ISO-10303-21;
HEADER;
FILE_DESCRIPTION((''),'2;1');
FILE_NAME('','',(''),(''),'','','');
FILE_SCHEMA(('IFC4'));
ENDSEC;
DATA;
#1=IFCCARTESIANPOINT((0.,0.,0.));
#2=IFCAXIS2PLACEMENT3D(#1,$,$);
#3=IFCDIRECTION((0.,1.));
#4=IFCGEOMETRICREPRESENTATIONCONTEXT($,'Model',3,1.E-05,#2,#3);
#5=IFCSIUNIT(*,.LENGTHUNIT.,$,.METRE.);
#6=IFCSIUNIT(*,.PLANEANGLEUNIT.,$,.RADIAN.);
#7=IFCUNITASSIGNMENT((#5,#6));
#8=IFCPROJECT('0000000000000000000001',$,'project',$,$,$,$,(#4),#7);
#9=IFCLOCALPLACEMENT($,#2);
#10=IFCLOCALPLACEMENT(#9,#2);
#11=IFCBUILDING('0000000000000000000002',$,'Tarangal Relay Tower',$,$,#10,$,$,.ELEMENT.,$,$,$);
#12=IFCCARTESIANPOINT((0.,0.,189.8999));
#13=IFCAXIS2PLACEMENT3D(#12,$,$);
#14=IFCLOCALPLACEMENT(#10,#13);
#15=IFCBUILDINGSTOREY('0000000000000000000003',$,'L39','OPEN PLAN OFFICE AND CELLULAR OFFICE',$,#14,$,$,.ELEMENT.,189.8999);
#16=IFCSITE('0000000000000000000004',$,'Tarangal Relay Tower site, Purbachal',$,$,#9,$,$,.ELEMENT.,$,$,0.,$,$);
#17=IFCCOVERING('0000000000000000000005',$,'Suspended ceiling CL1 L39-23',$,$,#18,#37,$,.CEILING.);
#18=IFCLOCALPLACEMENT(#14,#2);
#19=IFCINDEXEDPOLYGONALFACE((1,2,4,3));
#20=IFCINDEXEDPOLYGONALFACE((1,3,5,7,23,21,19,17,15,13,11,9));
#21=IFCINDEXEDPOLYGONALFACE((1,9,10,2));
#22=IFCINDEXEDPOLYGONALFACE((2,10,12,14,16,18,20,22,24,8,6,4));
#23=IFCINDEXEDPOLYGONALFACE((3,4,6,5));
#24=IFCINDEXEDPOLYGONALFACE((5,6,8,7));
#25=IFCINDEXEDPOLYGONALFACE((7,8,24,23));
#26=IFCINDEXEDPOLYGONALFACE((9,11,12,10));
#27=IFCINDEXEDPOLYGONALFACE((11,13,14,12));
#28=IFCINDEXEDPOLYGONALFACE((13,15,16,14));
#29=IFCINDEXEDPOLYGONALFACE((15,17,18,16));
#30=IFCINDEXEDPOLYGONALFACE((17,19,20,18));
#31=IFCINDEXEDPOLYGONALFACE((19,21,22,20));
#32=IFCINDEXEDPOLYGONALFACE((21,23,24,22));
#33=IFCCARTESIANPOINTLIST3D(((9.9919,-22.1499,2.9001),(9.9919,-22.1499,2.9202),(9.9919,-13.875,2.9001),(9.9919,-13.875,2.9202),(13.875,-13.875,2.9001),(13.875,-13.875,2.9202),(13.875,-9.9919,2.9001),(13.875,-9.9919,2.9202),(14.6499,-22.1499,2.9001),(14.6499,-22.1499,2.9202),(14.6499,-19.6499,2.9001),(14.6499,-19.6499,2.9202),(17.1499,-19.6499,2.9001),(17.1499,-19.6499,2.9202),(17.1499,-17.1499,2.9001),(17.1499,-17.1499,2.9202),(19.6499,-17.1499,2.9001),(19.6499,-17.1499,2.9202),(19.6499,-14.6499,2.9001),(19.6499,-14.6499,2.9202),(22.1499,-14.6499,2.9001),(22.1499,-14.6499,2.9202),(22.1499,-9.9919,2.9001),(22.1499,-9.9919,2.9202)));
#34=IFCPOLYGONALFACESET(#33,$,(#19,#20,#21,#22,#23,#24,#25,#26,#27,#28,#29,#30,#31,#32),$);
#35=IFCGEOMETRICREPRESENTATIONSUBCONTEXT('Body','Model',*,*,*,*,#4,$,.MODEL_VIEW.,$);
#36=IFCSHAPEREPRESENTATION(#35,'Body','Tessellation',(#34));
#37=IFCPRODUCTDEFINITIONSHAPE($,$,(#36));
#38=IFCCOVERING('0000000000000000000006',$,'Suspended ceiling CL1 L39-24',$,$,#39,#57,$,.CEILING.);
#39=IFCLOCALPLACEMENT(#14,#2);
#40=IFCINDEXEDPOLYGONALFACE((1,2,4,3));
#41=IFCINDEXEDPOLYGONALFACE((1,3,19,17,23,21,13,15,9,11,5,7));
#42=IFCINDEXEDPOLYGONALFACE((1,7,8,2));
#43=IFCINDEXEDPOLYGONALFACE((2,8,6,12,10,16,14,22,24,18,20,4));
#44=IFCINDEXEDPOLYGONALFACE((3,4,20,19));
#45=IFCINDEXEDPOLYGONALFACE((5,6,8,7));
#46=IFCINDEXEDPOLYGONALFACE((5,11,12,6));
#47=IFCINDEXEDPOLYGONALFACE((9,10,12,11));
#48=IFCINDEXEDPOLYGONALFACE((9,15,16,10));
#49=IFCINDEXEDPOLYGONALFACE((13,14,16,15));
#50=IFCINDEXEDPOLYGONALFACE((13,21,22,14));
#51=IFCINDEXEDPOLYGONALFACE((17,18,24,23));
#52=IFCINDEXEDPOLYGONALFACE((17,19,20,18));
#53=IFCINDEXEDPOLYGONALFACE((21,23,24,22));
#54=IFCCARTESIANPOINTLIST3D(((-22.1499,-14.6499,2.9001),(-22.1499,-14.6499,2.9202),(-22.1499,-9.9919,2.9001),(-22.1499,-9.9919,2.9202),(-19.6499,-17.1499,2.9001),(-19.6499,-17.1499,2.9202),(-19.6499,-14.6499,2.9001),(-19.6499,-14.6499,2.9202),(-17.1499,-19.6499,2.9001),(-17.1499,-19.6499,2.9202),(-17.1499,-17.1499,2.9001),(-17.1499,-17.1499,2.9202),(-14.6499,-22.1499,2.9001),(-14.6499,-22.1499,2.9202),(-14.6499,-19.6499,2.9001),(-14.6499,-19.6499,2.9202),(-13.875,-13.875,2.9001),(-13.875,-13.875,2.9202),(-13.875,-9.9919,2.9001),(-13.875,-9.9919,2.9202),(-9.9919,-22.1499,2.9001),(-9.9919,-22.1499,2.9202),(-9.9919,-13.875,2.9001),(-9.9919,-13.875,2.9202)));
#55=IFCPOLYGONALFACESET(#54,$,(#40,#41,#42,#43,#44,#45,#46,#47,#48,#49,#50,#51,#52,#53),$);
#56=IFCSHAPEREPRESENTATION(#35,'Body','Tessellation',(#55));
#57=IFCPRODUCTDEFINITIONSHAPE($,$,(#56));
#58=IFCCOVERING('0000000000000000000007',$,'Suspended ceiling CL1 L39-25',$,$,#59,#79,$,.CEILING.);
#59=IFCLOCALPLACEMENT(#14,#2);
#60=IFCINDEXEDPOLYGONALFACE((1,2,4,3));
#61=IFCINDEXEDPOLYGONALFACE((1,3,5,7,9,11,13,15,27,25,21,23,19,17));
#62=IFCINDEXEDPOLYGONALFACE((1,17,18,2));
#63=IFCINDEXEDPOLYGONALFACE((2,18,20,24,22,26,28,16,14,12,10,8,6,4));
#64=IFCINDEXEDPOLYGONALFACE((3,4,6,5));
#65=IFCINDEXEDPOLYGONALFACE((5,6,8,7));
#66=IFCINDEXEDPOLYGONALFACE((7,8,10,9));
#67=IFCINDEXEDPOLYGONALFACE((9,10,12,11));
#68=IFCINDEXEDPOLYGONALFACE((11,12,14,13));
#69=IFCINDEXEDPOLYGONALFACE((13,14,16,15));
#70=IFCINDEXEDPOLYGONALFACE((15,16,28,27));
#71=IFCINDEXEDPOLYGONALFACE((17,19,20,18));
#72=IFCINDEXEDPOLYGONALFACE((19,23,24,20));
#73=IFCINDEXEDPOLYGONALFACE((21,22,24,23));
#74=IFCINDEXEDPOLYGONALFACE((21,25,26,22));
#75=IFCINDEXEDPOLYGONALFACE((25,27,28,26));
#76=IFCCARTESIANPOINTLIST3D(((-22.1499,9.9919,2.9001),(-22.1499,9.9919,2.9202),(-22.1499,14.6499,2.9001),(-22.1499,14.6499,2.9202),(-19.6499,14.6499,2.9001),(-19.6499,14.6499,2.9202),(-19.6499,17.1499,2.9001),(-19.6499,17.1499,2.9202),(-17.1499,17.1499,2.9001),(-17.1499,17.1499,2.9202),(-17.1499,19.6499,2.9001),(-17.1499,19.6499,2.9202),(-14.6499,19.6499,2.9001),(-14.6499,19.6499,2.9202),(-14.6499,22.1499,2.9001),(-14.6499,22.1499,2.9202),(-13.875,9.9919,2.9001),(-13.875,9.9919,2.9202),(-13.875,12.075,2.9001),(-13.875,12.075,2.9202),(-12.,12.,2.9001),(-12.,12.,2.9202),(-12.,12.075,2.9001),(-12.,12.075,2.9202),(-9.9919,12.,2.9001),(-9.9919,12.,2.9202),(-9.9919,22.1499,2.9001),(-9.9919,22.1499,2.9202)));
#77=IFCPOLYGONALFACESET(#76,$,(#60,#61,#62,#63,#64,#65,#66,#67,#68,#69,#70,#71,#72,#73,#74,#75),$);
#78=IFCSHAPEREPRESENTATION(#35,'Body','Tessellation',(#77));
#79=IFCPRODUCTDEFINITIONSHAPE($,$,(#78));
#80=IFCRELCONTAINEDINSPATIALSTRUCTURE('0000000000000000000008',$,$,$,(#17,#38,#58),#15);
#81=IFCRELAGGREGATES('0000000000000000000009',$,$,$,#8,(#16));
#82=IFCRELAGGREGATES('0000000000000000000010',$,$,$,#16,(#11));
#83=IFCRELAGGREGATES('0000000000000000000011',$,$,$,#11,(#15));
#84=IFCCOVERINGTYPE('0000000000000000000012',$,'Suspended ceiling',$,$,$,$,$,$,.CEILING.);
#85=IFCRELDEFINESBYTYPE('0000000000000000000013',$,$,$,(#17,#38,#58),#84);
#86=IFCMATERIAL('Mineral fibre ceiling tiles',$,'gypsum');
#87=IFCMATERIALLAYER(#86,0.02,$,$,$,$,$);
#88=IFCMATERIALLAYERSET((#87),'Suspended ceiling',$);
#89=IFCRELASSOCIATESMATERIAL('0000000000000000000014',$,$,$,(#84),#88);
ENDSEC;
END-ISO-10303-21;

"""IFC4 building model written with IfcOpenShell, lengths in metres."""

from ifc_helpers import new_model, si_unit, direction, frame, origin, place, context, subcontext, project, spatial, polyline, outline, extrude, material, layer, layer_set, type_object, element, save


model = new_model("IFC4")

# Units and contexts
model_context = context("Model", 3, precision=1e-05, world=origin(), true_north=direction((0.0, 1.0)))
body_context = subcontext(model_context, "Body", "Model", "MODEL_VIEW")
ifc_project = project(units=[si_unit("LENGTHUNIT", "METRE"), si_unit("PLANEANGLEUNIT", "RADIAN")], contexts=[model_context])

# Site, building, storey
site_placement = place(None, origin())
site = spatial("IfcSite", under=ifc_project, at=site_placement, Name="Tarangal Relay Tower site, Purbachal", CompositionType="ELEMENT", RefElevation=0.0)
building_placement = place(site_placement, origin())
building = spatial("IfcBuilding", under=site, at=building_placement, Name="Tarangal Relay Tower", CompositionType="ELEMENT")
storey_placement = place(building_placement, frame((0.0, 0.0, 189.8999)))
storey = spatial("IfcBuildingStorey", under=building, at=storey_placement, Name="L39", Description="OPEN PLAN OFFICE AND CELLULAR OFFICE", CompositionType="ELEMENT", Elevation=189.8999)

# Coverings
ifc_material_1 = material(Name="Mineral fibre ceiling tiles", Category="gypsum")
ifc_layer_1 = layer(ifc_material_1, 0.02)
ifc_layer_set_1 = layer_set([ifc_layer_1], Name="Suspended ceiling")
covering_type = type_object("IfcCoveringType", Name="Suspended ceiling", PredefinedType="CEILING", material=ifc_layer_set_1)
covering_1_placement = place(storey_placement, frame((0.0, 0.0, 2.9001)))
element("IfcCovering", 1, at=covering_1_placement, inside=storey, type_object=covering_type, Name="Suspended ceiling CL1 L39-23", PredefinedType="CEILING", context=body_context, shape_type="SweptSolid", body=[
    extrude(outline(polyline([(22.1499, -9.9919), (13.875, -9.9919), (13.875, -13.875), (9.9919, -13.875), (9.9919, -22.1499), (14.6499, -22.1499), (14.6499, -19.6499), (17.1499, -19.6499), (17.1499, -17.1499), (19.6499, -17.1499), (19.6499, -14.6499), (22.1499, -14.6499), (22.1499, -9.9919)])), origin(), (0.0, 0.0, 1.0), 0.02),
])
covering_2_placement = place(storey_placement, frame((0.0, 0.0, 2.9001)))
element("IfcCovering", 2, at=covering_2_placement, inside=storey, type_object=covering_type, Name="Suspended ceiling CL1 L39-24", PredefinedType="CEILING", context=body_context, shape_type="SweptSolid", body=[
    extrude(outline(polyline([(-14.6499, -19.6499), (-14.6499, -22.1499), (-9.9919, -22.1499), (-9.9919, -13.875), (-13.875, -13.875), (-13.875, -9.9919), (-22.1499, -9.9919), (-22.1499, -14.6499), (-19.6499, -14.6499), (-19.6499, -17.1499), (-17.1499, -17.1499), (-17.1499, -19.6499), (-14.6499, -19.6499)])), origin(), (0.0, 0.0, 1.0), 0.02),
])
covering_3_placement = place(storey_placement, frame((0.0, 0.0, 2.9001)))
element("IfcCovering", 3, at=covering_3_placement, inside=storey, type_object=covering_type, Name="Suspended ceiling CL1 L39-25", PredefinedType="CEILING", context=body_context, shape_type="SweptSolid", body=[
    extrude(outline(polyline([(-19.6499, 14.6499), (-22.1499, 14.6499), (-22.1499, 9.9919), (-13.875, 9.9919), (-13.875, 12.075), (-12.0, 12.075), (-12.0, 12.0), (-9.9919, 12.0), (-9.9919, 22.1499), (-14.6499, 22.1499), (-14.6499, 19.6499), (-17.1499, 19.6499), (-17.1499, 17.1499), (-19.6499, 17.1499), (-19.6499, 14.6499)])), origin(), (0.0, 0.0, 1.0), 0.02),
])

save(model, "model.ifc")
